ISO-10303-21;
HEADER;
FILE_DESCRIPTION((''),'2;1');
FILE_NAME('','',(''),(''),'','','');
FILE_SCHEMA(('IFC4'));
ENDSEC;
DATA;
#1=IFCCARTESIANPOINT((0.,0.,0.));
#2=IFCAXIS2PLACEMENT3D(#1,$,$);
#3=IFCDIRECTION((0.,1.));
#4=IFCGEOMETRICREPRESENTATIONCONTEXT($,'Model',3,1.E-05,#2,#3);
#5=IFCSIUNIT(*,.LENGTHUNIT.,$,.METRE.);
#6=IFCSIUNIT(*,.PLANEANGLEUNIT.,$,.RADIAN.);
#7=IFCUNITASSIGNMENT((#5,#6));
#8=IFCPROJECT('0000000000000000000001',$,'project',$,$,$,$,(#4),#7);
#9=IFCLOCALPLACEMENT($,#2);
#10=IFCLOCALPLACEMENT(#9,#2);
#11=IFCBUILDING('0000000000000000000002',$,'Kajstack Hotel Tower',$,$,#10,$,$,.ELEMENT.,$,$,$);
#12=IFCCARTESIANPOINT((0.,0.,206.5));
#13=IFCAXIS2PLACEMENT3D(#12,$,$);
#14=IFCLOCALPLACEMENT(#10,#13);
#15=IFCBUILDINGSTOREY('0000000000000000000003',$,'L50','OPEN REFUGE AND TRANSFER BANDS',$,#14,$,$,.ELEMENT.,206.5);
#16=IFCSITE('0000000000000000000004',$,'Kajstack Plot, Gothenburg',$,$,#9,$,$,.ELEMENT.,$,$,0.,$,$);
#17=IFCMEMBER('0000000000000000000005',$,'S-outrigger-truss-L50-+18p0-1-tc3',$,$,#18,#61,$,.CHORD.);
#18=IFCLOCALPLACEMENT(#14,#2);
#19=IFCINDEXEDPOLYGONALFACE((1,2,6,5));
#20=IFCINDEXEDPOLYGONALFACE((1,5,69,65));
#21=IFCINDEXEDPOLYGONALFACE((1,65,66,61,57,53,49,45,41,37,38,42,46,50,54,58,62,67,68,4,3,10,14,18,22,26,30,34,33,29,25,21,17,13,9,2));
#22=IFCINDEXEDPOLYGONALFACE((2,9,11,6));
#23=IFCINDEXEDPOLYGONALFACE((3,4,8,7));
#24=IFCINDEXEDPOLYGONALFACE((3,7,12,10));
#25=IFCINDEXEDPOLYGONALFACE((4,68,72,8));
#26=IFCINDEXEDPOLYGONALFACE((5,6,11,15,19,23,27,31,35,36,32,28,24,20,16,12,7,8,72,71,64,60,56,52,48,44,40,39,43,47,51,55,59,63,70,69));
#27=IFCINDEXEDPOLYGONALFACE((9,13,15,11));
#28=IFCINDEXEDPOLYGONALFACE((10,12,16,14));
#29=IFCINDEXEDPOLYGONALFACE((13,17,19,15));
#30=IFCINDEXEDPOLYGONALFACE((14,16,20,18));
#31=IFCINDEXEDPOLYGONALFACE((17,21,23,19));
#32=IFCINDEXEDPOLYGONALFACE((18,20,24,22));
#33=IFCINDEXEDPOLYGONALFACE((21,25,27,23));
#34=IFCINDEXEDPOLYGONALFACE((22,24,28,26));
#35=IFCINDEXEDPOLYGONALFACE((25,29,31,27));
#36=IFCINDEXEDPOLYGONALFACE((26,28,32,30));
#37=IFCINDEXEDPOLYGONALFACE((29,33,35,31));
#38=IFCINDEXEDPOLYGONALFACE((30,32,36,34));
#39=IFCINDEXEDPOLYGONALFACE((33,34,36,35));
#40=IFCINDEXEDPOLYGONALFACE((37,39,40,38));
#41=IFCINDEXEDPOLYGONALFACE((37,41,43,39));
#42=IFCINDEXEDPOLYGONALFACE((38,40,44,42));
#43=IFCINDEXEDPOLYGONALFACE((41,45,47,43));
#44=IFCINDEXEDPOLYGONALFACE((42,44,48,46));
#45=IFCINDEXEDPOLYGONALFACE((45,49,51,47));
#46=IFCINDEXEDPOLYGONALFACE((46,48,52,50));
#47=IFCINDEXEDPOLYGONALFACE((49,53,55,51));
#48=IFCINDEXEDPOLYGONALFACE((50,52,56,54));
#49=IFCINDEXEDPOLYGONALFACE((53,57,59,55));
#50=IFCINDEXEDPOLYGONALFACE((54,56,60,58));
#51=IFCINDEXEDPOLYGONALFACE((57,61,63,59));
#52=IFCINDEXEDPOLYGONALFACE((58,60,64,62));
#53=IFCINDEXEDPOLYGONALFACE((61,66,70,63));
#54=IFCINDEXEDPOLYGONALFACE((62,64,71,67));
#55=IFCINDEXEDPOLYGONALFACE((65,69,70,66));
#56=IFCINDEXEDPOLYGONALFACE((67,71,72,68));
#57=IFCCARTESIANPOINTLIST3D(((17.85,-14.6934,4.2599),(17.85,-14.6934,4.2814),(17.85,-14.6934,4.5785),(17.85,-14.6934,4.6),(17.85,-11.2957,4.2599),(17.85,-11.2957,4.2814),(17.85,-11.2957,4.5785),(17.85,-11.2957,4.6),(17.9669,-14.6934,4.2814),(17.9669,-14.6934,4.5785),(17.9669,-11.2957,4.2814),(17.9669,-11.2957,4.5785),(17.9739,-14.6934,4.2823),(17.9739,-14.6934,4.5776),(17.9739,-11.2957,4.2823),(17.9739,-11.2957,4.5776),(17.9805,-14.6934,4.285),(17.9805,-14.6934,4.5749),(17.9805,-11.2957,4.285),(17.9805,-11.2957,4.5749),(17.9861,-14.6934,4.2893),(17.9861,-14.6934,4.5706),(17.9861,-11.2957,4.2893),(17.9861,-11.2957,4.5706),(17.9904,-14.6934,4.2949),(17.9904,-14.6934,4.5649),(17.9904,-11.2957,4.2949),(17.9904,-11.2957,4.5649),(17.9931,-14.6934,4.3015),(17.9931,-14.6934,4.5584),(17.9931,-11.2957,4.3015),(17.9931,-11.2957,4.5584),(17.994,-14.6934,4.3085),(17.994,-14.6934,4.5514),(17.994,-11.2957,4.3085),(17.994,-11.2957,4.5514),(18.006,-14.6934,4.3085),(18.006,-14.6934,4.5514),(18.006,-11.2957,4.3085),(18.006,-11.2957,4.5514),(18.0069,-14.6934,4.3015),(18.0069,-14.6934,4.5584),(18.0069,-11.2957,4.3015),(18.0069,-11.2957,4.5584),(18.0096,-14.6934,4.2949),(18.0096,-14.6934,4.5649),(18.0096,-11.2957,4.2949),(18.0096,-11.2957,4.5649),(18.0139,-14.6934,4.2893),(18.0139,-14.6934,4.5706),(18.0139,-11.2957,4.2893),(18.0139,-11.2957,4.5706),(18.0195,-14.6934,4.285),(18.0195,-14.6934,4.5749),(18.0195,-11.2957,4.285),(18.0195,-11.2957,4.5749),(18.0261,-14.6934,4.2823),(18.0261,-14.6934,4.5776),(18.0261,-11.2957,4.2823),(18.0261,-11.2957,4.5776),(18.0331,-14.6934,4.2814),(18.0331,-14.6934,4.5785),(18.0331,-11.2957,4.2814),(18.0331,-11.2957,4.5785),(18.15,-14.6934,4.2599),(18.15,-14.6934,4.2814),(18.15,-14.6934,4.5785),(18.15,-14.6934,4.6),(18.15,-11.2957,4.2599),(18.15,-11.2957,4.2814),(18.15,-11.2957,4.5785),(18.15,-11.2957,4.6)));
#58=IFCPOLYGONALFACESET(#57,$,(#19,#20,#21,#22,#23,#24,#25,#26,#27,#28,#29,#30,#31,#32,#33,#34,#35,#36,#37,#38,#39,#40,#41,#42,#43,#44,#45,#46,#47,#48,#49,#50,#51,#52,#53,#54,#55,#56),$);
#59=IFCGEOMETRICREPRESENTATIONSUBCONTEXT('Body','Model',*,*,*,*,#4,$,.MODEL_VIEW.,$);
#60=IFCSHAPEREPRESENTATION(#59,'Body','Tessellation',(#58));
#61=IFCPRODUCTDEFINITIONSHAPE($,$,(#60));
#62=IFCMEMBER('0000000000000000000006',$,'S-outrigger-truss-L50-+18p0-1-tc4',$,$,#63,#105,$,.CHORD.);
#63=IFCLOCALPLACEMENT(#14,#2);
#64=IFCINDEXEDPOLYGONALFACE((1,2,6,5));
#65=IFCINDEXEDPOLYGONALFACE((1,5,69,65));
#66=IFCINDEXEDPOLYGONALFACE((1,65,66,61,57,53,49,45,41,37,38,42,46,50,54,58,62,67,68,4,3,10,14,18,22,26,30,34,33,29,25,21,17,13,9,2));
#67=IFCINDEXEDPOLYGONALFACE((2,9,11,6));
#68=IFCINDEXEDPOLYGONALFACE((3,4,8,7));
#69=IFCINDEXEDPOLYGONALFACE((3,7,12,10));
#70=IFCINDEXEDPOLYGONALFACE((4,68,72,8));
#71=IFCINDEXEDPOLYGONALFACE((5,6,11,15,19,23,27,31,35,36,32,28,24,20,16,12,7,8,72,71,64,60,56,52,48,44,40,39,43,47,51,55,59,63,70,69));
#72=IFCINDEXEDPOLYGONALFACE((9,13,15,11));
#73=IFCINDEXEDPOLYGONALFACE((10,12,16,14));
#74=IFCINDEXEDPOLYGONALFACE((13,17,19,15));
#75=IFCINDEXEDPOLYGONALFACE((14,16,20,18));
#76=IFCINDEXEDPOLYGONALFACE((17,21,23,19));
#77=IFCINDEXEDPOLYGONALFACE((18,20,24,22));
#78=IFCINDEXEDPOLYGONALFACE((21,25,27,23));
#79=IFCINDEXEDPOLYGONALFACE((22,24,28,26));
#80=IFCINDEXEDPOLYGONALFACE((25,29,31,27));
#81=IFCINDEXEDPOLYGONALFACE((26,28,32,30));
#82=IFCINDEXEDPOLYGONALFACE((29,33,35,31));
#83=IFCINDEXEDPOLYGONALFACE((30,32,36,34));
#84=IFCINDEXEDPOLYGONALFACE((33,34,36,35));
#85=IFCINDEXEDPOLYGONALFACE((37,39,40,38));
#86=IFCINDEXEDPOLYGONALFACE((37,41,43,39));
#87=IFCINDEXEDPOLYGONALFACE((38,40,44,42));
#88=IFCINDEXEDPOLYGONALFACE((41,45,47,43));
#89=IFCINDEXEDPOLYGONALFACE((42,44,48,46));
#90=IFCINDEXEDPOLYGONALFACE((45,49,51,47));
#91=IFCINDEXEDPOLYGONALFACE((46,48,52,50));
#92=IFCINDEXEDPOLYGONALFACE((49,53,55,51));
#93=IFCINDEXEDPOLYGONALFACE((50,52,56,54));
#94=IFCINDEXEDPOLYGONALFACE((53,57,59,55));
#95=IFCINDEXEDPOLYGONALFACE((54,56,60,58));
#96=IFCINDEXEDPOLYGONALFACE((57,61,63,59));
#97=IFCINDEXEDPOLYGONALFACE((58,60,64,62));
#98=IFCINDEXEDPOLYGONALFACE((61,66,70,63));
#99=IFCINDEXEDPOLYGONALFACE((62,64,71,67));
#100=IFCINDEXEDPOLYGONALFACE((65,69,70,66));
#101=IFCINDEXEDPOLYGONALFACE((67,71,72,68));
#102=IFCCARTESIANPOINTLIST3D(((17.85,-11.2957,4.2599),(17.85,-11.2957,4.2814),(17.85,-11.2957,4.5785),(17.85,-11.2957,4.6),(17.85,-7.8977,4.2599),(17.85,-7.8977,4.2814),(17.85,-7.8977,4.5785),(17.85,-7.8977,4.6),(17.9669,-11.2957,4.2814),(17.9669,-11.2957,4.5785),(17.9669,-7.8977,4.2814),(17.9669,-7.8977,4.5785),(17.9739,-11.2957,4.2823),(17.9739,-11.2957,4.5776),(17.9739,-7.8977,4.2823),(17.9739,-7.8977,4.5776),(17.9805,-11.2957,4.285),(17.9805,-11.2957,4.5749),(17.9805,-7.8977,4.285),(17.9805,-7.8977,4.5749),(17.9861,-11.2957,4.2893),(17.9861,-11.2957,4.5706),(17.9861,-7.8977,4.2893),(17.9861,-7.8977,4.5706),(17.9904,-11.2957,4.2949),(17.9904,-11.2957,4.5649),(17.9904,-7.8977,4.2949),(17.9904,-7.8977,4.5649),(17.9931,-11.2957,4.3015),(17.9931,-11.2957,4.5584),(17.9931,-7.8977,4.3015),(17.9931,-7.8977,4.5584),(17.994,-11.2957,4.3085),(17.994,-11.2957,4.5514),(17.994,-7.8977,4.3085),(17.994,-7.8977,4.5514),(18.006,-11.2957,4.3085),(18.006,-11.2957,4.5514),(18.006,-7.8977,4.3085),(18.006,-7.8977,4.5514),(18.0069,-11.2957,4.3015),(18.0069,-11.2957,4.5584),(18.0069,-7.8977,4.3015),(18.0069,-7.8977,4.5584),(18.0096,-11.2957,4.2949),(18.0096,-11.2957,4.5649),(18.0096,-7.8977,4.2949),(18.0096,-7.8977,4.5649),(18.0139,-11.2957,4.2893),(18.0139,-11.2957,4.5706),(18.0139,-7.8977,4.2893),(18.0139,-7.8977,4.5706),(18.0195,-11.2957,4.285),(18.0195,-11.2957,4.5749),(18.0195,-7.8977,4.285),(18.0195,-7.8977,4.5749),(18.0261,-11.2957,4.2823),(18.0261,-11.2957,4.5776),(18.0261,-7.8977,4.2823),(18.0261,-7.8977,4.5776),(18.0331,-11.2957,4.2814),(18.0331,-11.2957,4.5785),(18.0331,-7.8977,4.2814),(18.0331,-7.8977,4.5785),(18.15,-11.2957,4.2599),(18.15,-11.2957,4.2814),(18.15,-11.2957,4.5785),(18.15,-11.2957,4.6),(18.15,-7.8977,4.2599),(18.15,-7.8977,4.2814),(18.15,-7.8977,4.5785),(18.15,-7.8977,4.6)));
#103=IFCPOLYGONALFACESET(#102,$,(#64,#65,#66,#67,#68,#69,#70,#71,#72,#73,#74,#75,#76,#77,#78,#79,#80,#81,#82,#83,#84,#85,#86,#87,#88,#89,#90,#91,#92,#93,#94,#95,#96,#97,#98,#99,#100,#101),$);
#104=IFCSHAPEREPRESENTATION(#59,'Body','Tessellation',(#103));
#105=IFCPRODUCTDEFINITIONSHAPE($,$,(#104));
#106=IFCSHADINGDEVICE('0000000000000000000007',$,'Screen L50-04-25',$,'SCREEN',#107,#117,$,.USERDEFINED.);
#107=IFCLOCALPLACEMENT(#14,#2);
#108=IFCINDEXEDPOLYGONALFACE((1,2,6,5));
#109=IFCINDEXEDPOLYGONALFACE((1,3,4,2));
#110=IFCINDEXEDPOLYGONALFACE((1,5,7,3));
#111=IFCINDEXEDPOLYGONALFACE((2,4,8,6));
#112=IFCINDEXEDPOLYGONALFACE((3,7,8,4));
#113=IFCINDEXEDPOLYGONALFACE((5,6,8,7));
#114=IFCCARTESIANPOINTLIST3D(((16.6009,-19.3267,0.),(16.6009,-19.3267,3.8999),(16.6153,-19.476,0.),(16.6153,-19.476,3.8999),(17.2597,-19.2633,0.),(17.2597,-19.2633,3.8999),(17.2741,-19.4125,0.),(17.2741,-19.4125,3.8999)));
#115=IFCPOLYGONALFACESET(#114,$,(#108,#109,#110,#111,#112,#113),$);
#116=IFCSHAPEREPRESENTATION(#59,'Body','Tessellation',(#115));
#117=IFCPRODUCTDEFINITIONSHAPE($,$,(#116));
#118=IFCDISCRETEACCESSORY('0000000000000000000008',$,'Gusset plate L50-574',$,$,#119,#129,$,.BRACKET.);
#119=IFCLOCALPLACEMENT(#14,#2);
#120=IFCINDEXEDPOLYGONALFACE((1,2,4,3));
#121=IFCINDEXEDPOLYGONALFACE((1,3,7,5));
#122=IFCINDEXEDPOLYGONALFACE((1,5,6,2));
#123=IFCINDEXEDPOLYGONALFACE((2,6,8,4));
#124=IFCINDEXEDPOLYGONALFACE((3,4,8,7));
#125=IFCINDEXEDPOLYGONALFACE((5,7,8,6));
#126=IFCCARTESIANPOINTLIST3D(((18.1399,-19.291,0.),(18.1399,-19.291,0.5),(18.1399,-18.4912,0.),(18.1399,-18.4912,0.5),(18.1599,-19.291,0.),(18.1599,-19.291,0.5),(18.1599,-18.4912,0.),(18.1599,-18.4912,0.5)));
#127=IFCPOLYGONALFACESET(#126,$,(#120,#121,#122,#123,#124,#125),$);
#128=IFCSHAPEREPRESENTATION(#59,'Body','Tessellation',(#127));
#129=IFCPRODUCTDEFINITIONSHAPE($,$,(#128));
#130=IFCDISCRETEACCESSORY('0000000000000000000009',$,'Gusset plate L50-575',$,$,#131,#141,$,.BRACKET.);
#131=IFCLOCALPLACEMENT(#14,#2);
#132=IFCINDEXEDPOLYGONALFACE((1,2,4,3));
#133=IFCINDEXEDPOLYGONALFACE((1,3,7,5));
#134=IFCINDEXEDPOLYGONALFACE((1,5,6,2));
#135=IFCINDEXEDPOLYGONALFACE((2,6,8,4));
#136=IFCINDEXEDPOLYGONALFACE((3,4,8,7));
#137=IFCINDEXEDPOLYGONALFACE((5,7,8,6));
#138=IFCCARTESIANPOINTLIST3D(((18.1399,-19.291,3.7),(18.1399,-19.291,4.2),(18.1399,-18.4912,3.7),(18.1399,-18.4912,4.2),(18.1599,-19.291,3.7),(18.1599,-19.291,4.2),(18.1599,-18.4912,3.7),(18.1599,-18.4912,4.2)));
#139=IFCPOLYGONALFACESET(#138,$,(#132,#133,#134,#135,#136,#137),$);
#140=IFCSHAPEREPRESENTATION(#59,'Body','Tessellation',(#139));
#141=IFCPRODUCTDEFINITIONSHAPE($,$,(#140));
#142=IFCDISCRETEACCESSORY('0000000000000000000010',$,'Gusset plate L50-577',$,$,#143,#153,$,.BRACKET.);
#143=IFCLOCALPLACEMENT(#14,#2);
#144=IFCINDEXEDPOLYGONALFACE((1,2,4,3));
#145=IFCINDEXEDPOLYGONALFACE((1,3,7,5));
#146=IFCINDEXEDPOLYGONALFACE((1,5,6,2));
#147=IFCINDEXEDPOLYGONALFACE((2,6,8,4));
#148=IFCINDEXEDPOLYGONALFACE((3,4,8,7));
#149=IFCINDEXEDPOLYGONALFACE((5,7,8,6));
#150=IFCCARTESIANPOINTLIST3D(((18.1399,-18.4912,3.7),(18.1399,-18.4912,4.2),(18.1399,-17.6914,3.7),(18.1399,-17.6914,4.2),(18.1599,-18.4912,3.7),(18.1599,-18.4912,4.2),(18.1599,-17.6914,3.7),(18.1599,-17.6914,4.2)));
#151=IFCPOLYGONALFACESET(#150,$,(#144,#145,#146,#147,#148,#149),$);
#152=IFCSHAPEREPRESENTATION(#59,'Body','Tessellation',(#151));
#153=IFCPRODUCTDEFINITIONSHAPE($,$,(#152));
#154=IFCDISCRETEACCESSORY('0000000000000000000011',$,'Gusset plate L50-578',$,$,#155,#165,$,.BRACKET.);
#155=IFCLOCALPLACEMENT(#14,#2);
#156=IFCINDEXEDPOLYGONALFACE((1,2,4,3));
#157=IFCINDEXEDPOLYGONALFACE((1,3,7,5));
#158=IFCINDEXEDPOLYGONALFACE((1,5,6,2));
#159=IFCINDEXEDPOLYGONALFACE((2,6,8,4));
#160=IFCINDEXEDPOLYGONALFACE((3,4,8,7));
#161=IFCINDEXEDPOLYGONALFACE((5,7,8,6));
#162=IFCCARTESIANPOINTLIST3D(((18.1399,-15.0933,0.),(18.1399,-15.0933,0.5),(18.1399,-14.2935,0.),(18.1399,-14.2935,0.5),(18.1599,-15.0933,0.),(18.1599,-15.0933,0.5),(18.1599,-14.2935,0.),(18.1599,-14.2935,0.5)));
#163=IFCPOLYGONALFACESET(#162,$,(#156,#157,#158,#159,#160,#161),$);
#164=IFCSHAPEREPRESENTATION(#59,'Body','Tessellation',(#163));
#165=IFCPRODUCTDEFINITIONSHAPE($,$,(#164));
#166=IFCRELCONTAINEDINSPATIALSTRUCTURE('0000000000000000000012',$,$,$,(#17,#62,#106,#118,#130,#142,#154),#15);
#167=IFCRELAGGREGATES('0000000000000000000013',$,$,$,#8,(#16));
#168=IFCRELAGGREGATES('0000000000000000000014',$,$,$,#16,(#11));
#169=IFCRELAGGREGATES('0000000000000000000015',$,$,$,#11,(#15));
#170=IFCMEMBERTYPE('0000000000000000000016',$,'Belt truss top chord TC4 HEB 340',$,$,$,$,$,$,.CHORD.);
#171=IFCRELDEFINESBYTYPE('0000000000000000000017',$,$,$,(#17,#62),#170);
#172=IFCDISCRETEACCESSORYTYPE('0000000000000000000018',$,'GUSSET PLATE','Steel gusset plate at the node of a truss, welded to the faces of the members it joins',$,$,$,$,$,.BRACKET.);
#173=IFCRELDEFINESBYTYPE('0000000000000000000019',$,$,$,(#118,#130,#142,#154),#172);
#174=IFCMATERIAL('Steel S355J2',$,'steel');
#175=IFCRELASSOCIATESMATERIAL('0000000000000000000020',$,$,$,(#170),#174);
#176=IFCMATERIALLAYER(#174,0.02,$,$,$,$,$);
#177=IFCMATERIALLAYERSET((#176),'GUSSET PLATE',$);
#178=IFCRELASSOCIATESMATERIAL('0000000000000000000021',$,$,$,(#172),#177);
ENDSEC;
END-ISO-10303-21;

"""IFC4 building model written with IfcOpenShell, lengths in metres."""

from ifc_helpers import new_model, si_unit, direction, frame, origin, origin_2d, place, context, subcontext, project, spatial, polyline, rectangle, i_section, outline, extrude, material, layer, layer_set, material_profile, profile_set, type_object, element, save


model = new_model("IFC4")

# Units and contexts
model_context = context("Model", 3, precision=1e-05, world=origin(), true_north=direction((0.0, 1.0)))
body_context = subcontext(model_context, "Body", "Model", "MODEL_VIEW")
ifc_project = project(units=[si_unit("LENGTHUNIT", "METRE"), si_unit("PLANEANGLEUNIT", "RADIAN")], contexts=[model_context])

# Site, building, storey
site_placement = place(None, origin())
site = spatial("IfcSite", under=ifc_project, at=site_placement, Name="Kajstack Plot, Gothenburg", CompositionType="ELEMENT", RefElevation=0.0)
building_placement = place(site_placement, origin())
building = spatial("IfcBuilding", under=site, at=building_placement, Name="Kajstack Hotel Tower", CompositionType="ELEMENT")
storey_placement = place(building_placement, frame((0.0, 0.0, 206.5)))
storey = spatial("IfcBuildingStorey", under=building, at=storey_placement, Name="L50", Description="OPEN REFUGE AND TRANSFER BANDS", CompositionType="ELEMENT", Elevation=206.5)

# Members
ifc_material = material(Name="Steel S355J2", Category="steel")
ifc_material_profile_1 = material_profile(ifc_material, i_section(OverallWidth=0.3, OverallDepth=0.3401, WebThickness=0.012, FlangeThickness=0.0215, FilletRadius=0.0271, at=origin_2d()), Name="HEB 340")
ifc_profile_set_1 = profile_set([ifc_material_profile_1], Name="Steel S355J2")
member_type_1 = type_object("IfcMemberType", Name="Belt truss top chord TC4 HEB 340", PredefinedType="CHORD", material=ifc_profile_set_1)
member_1_placement = place(storey_placement, frame((18.0, -14.6934, 4.4299), z_axis=(0.0, 1.0, 0.0), x_axis=(-1.0, 0.0, 0.0)))
element("IfcMember", 1, at=member_1_placement, inside=storey, type_object=member_type_1, Name="S-outrigger-truss-L50-+18p0-1-tc3", PredefinedType="CHORD", context=body_context, shape_type="SweptSolid", body=[
    extrude(i_section(OverallWidth=0.3, OverallDepth=0.3401, WebThickness=0.012, FlangeThickness=0.0215, FilletRadius=0.0271, at=origin_2d()), origin(), (0.0, 0.0, 1.0), 3.3977),
])
member_2_placement = place(storey_placement, frame((18.0, -11.2957, 4.4299), z_axis=(0.0, 1.0, 0.0), x_axis=(-1.0, 0.0, 0.0)))
element("IfcMember", 2, at=member_2_placement, inside=storey, type_object=member_type_1, Name="S-outrigger-truss-L50-+18p0-1-tc4", PredefinedType="CHORD", context=body_context, shape_type="SweptSolid", body=[
    extrude(i_section(OverallWidth=0.3, OverallDepth=0.3401, WebThickness=0.012, FlangeThickness=0.0215, FilletRadius=0.0271, at=origin_2d()), origin(), (0.0, 0.0, 1.0), 3.3979),
])

# Shading device
shading_device_placement = place(storey_placement, frame((16.9375, -19.3696, 0.0), z_axis=(0.0, 0.0, 1.0), x_axis=(0.995396, 0.095845, 0.0)))
element("IfcShadingDevice", 3, at=shading_device_placement, inside=storey, Name="Screen L50-04-25", ObjectType="SCREEN", PredefinedType="USERDEFINED", context=body_context, shape_type="SweptSolid", body=[
    extrude(rectangle(XDim=0.6619, YDim=0.1499, at=origin_2d()), origin(), (0.0, 0.0, 1.0), 3.8999),
])

# Discrete accessories
ifc_layer = layer(ifc_material, 0.02)
ifc_layer_set = layer_set([ifc_layer], Name="GUSSET PLATE")
discrete_accessory_type = type_object("IfcDiscreteAccessoryType", Name="GUSSET PLATE", Description="Steel gusset plate at the node of a truss, welded to the faces of the members it joins", PredefinedType="BRACKET", material=ifc_layer_set)
for number, where, z_axis, x_axis, name in (
    (4, (18.1399, -18.8911, 0.0), (1.0, 0.0, 0.0), (0.0, 1.0, 0.0), "Gusset plate L50-574"),
    (5, (18.1399, -18.8911, 3.7), (1.0, 0.0, 0.0), (0.0, 1.0, 0.0), "Gusset plate L50-575"),
    (6, (18.1399, -18.0913, 3.7), (1.0, 0.0, 0.0), (0.0, 1.0, 0.0), "Gusset plate L50-577"),
    (7, (18.1399, -14.6934, 0.0), (1.0, 0.0, 0.0), (0.0, 1.0, 0.0), "Gusset plate L50-578"),
):
    element("IfcDiscreteAccessory", number, at=place(storey_placement, frame(where, z_axis=z_axis, x_axis=x_axis)), inside=storey, type_object=discrete_accessory_type, Name=name, PredefinedType="BRACKET", context=body_context, shape_type="SweptSolid", body=[
        extrude(outline(polyline([(-0.3999, 0.0), (0.3999, 0.0), (0.3999, 0.5), (-0.3999, 0.5), (-0.3999, 0.0)])), origin(), (0.0, 0.0, 1.0), 0.02),
    ])

save(model, "model.ifc")
